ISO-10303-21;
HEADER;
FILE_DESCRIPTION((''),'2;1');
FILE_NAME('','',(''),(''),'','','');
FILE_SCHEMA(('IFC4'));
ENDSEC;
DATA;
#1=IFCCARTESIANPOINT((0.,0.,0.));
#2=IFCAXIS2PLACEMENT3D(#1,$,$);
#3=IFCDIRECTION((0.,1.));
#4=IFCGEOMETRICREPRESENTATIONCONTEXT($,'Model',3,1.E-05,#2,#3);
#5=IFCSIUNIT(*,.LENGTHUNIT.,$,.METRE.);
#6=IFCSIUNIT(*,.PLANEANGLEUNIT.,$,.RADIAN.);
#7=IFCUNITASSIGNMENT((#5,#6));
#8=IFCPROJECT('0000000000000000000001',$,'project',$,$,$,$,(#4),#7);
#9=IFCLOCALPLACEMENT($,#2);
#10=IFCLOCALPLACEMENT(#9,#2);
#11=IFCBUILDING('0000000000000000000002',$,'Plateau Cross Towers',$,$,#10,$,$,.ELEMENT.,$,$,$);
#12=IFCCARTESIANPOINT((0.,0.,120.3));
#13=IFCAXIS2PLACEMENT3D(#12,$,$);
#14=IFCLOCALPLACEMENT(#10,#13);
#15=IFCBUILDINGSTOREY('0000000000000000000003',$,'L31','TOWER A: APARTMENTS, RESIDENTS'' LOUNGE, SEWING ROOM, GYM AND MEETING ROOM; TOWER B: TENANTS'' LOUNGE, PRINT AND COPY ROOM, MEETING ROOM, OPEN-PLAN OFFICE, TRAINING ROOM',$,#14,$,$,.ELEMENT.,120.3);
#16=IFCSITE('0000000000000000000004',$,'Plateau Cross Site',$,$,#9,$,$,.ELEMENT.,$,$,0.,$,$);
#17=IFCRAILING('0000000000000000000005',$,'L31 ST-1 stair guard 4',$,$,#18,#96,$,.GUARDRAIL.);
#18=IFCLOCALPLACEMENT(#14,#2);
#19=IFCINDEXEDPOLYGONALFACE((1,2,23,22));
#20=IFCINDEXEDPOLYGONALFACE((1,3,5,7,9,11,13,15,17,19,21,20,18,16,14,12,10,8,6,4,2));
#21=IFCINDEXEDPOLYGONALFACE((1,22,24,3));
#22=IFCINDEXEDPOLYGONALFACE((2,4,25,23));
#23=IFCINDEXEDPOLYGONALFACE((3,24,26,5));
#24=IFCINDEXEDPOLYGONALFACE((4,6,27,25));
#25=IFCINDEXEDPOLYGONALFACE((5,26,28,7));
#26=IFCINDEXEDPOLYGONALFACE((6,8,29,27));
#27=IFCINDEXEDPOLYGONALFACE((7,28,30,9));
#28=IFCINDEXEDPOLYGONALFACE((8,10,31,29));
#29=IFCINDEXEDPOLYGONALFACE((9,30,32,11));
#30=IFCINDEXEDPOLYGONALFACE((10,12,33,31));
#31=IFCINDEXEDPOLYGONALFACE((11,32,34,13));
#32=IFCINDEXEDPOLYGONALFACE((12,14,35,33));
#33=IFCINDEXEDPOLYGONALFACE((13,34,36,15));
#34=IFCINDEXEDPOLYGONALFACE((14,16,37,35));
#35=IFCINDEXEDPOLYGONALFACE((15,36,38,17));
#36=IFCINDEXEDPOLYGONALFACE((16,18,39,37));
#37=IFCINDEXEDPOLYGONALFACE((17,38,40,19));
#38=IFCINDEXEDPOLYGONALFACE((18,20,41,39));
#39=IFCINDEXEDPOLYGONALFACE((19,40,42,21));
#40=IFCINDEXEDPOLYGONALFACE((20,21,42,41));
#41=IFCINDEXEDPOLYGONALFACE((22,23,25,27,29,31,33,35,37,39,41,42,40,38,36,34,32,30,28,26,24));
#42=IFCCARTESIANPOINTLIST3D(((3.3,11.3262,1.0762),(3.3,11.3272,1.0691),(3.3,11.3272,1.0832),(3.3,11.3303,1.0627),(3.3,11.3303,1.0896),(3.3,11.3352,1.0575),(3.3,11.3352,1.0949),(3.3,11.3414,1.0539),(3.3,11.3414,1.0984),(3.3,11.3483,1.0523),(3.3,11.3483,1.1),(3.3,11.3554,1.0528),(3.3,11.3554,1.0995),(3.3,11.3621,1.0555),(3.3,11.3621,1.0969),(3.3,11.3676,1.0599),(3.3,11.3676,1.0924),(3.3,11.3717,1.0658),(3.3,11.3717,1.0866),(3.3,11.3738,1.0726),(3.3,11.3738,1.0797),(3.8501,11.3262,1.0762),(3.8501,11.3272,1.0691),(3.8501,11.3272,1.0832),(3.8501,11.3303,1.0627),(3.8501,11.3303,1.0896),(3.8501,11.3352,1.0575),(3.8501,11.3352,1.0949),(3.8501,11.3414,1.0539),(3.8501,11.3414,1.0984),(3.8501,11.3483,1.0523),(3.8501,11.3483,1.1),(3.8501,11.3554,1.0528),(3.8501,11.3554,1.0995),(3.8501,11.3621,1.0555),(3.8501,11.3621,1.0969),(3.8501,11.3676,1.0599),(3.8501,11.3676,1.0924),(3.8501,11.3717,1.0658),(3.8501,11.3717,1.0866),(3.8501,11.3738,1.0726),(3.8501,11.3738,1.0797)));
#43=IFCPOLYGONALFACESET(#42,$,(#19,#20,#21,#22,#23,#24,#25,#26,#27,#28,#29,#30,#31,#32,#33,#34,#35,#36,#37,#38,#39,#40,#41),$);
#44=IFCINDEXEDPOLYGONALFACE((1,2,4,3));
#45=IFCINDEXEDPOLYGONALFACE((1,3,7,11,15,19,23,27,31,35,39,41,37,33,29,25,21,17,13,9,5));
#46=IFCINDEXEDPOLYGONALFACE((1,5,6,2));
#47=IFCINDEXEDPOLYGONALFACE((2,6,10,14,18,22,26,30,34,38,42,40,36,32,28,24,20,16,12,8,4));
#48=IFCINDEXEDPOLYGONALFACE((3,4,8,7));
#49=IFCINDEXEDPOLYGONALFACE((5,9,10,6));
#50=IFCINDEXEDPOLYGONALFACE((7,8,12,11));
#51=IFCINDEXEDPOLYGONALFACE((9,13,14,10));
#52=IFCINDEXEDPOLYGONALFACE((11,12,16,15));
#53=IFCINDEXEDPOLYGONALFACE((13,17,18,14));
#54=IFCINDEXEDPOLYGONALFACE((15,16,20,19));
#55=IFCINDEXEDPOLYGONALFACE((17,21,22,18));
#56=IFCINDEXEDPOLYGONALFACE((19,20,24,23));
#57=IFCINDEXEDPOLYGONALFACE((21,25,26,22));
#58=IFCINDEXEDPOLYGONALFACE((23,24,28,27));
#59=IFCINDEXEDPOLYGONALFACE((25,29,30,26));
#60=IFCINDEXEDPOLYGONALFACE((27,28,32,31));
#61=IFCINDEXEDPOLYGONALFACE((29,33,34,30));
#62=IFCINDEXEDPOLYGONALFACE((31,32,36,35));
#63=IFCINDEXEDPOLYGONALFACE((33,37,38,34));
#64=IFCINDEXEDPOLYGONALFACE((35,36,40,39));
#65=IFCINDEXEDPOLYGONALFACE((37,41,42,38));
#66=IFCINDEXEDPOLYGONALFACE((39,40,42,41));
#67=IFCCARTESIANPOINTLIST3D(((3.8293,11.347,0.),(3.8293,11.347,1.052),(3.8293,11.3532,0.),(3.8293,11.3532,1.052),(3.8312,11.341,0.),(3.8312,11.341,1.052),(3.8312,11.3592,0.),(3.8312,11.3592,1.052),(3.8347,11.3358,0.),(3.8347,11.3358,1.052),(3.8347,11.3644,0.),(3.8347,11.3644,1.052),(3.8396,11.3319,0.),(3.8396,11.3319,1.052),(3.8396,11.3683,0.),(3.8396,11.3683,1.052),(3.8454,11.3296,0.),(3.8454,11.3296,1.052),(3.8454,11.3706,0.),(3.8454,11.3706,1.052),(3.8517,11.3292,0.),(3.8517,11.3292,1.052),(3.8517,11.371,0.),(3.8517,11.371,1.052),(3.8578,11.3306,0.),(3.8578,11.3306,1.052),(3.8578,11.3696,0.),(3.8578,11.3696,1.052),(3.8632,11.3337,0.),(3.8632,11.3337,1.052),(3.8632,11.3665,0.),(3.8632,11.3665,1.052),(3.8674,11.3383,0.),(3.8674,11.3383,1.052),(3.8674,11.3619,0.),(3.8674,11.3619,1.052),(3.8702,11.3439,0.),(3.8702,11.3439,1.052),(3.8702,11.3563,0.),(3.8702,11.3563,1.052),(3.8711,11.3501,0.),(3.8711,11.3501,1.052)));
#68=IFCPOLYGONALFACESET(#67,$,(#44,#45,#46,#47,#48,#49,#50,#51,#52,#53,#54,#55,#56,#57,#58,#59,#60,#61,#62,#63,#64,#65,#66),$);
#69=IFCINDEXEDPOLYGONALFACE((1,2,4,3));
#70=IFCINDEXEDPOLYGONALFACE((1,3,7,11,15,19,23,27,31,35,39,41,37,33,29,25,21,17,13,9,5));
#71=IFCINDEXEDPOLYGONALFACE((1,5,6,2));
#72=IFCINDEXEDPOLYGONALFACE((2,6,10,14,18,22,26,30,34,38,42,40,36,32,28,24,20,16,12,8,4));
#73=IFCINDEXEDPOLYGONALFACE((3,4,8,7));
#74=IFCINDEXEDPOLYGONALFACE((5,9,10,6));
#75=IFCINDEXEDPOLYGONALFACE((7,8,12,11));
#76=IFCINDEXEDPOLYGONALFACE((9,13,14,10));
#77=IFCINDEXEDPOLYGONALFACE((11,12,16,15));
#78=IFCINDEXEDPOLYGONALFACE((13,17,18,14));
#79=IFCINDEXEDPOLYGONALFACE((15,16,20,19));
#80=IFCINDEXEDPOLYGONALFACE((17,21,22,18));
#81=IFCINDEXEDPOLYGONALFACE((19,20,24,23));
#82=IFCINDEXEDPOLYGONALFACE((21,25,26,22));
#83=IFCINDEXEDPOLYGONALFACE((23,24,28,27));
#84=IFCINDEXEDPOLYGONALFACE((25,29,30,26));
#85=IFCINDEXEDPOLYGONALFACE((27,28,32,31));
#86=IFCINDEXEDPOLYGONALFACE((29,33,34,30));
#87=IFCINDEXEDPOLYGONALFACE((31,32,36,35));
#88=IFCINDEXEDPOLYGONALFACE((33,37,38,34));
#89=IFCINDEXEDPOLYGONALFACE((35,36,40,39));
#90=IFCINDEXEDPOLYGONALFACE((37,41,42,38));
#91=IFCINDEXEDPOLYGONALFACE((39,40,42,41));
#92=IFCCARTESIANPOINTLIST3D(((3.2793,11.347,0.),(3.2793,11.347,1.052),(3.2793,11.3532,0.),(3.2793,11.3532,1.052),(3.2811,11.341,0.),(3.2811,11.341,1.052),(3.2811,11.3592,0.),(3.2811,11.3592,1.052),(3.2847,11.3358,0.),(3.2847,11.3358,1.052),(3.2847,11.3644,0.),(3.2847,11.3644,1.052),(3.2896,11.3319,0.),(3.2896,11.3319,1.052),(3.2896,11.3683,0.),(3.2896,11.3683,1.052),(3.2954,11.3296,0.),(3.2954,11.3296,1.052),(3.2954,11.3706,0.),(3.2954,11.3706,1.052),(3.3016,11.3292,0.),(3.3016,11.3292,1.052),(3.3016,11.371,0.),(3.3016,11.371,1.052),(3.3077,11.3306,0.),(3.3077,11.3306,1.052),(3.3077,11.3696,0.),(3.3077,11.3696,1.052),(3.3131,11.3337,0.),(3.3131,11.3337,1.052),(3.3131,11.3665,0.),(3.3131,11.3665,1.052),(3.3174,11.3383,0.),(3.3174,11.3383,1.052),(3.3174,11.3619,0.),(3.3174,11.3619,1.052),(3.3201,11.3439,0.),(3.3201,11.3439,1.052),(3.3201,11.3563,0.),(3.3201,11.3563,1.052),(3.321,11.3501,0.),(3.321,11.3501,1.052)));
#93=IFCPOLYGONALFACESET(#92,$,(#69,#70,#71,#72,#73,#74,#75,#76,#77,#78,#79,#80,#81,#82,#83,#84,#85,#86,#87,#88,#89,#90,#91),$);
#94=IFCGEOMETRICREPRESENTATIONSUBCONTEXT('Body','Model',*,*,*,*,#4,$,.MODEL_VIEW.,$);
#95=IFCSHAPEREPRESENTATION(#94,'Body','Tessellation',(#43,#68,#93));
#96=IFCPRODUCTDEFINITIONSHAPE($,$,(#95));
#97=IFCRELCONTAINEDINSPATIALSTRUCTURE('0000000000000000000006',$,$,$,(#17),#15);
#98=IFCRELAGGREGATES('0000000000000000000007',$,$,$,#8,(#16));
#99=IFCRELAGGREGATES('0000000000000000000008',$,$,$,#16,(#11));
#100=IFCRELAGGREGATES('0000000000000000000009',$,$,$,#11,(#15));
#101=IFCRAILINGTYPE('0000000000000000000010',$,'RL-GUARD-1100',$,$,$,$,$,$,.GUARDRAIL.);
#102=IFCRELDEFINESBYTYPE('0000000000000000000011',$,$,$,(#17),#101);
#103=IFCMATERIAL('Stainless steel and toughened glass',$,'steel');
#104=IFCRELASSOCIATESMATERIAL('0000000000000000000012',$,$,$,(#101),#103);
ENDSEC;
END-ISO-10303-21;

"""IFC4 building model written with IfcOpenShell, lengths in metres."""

from ifc_helpers import new_model, si_unit, direction, frame, origin, origin_2d, place, context, subcontext, project, spatial, circle, extrude, material, type_object, element, save


model = new_model("IFC4")

# Units and contexts
model_context = context("Model", 3, precision=1e-05, world=origin(), true_north=direction((0.0, 1.0)))
body_context = subcontext(model_context, "Body", "Model", "MODEL_VIEW")
ifc_project = project(units=[si_unit("LENGTHUNIT", "METRE"), si_unit("PLANEANGLEUNIT", "RADIAN")], contexts=[model_context])

# Site, building, storey
site_placement = place(None, origin())
site = spatial("IfcSite", under=ifc_project, at=site_placement, Name="Plateau Cross Site", CompositionType="ELEMENT", RefElevation=0.0)
building_placement = place(site_placement, origin())
building = spatial("IfcBuilding", under=site, at=building_placement, Name="Plateau Cross Towers", CompositionType="ELEMENT")
storey_placement = place(building_placement, frame((0.0, 0.0, 120.3)))
storey = spatial("IfcBuildingStorey", under=building, at=storey_placement, Name="L31", Description="TOWER A: APARTMENTS, RESIDENTS' LOUNGE, SEWING ROOM, GYM AND MEETING ROOM; TOWER B: TENANTS' LOUNGE, PRINT AND COPY ROOM, MEETING ROOM, OPEN-PLAN OFFICE, TRAINING ROOM", CompositionType="ELEMENT", Elevation=120.3)

# Railing
ifc_material_1 = material(Name="Stainless steel and toughened glass", Category="steel")
railing_type = type_object("IfcRailingType", Name="RL-GUARD-1100", PredefinedType="GUARDRAIL", material=ifc_material_1)
railing_1_placement = place(storey_placement, frame((3.8501, 11.3501, 0.0)))
element("IfcRailing", 1, at=railing_1_placement, inside=storey, type_object=railing_type, Name="L31 ST-1 stair guard 4", PredefinedType="GUARDRAIL", context=body_context, shape_type="SweptSolid", body=[
    extrude(circle(Radius=0.0239, at=origin_2d()), frame((0.0, 0.0, 1.0762), z_axis=(-1.0, 0.0, 0.0), x_axis=(0.0, -1.0, 0.0)), (0.0, 0.0, 1.0), 0.55),
    extrude(circle(Radius=0.021, at=origin_2d()), origin(), (0.0, 0.0, 1.0), 1.052),
    extrude(circle(Radius=0.021, at=origin_2d()), frame((-0.55, 0.0, 0.0)), (0.0, 0.0, 1.0), 1.052),
])

save(model, "model.ifc")
